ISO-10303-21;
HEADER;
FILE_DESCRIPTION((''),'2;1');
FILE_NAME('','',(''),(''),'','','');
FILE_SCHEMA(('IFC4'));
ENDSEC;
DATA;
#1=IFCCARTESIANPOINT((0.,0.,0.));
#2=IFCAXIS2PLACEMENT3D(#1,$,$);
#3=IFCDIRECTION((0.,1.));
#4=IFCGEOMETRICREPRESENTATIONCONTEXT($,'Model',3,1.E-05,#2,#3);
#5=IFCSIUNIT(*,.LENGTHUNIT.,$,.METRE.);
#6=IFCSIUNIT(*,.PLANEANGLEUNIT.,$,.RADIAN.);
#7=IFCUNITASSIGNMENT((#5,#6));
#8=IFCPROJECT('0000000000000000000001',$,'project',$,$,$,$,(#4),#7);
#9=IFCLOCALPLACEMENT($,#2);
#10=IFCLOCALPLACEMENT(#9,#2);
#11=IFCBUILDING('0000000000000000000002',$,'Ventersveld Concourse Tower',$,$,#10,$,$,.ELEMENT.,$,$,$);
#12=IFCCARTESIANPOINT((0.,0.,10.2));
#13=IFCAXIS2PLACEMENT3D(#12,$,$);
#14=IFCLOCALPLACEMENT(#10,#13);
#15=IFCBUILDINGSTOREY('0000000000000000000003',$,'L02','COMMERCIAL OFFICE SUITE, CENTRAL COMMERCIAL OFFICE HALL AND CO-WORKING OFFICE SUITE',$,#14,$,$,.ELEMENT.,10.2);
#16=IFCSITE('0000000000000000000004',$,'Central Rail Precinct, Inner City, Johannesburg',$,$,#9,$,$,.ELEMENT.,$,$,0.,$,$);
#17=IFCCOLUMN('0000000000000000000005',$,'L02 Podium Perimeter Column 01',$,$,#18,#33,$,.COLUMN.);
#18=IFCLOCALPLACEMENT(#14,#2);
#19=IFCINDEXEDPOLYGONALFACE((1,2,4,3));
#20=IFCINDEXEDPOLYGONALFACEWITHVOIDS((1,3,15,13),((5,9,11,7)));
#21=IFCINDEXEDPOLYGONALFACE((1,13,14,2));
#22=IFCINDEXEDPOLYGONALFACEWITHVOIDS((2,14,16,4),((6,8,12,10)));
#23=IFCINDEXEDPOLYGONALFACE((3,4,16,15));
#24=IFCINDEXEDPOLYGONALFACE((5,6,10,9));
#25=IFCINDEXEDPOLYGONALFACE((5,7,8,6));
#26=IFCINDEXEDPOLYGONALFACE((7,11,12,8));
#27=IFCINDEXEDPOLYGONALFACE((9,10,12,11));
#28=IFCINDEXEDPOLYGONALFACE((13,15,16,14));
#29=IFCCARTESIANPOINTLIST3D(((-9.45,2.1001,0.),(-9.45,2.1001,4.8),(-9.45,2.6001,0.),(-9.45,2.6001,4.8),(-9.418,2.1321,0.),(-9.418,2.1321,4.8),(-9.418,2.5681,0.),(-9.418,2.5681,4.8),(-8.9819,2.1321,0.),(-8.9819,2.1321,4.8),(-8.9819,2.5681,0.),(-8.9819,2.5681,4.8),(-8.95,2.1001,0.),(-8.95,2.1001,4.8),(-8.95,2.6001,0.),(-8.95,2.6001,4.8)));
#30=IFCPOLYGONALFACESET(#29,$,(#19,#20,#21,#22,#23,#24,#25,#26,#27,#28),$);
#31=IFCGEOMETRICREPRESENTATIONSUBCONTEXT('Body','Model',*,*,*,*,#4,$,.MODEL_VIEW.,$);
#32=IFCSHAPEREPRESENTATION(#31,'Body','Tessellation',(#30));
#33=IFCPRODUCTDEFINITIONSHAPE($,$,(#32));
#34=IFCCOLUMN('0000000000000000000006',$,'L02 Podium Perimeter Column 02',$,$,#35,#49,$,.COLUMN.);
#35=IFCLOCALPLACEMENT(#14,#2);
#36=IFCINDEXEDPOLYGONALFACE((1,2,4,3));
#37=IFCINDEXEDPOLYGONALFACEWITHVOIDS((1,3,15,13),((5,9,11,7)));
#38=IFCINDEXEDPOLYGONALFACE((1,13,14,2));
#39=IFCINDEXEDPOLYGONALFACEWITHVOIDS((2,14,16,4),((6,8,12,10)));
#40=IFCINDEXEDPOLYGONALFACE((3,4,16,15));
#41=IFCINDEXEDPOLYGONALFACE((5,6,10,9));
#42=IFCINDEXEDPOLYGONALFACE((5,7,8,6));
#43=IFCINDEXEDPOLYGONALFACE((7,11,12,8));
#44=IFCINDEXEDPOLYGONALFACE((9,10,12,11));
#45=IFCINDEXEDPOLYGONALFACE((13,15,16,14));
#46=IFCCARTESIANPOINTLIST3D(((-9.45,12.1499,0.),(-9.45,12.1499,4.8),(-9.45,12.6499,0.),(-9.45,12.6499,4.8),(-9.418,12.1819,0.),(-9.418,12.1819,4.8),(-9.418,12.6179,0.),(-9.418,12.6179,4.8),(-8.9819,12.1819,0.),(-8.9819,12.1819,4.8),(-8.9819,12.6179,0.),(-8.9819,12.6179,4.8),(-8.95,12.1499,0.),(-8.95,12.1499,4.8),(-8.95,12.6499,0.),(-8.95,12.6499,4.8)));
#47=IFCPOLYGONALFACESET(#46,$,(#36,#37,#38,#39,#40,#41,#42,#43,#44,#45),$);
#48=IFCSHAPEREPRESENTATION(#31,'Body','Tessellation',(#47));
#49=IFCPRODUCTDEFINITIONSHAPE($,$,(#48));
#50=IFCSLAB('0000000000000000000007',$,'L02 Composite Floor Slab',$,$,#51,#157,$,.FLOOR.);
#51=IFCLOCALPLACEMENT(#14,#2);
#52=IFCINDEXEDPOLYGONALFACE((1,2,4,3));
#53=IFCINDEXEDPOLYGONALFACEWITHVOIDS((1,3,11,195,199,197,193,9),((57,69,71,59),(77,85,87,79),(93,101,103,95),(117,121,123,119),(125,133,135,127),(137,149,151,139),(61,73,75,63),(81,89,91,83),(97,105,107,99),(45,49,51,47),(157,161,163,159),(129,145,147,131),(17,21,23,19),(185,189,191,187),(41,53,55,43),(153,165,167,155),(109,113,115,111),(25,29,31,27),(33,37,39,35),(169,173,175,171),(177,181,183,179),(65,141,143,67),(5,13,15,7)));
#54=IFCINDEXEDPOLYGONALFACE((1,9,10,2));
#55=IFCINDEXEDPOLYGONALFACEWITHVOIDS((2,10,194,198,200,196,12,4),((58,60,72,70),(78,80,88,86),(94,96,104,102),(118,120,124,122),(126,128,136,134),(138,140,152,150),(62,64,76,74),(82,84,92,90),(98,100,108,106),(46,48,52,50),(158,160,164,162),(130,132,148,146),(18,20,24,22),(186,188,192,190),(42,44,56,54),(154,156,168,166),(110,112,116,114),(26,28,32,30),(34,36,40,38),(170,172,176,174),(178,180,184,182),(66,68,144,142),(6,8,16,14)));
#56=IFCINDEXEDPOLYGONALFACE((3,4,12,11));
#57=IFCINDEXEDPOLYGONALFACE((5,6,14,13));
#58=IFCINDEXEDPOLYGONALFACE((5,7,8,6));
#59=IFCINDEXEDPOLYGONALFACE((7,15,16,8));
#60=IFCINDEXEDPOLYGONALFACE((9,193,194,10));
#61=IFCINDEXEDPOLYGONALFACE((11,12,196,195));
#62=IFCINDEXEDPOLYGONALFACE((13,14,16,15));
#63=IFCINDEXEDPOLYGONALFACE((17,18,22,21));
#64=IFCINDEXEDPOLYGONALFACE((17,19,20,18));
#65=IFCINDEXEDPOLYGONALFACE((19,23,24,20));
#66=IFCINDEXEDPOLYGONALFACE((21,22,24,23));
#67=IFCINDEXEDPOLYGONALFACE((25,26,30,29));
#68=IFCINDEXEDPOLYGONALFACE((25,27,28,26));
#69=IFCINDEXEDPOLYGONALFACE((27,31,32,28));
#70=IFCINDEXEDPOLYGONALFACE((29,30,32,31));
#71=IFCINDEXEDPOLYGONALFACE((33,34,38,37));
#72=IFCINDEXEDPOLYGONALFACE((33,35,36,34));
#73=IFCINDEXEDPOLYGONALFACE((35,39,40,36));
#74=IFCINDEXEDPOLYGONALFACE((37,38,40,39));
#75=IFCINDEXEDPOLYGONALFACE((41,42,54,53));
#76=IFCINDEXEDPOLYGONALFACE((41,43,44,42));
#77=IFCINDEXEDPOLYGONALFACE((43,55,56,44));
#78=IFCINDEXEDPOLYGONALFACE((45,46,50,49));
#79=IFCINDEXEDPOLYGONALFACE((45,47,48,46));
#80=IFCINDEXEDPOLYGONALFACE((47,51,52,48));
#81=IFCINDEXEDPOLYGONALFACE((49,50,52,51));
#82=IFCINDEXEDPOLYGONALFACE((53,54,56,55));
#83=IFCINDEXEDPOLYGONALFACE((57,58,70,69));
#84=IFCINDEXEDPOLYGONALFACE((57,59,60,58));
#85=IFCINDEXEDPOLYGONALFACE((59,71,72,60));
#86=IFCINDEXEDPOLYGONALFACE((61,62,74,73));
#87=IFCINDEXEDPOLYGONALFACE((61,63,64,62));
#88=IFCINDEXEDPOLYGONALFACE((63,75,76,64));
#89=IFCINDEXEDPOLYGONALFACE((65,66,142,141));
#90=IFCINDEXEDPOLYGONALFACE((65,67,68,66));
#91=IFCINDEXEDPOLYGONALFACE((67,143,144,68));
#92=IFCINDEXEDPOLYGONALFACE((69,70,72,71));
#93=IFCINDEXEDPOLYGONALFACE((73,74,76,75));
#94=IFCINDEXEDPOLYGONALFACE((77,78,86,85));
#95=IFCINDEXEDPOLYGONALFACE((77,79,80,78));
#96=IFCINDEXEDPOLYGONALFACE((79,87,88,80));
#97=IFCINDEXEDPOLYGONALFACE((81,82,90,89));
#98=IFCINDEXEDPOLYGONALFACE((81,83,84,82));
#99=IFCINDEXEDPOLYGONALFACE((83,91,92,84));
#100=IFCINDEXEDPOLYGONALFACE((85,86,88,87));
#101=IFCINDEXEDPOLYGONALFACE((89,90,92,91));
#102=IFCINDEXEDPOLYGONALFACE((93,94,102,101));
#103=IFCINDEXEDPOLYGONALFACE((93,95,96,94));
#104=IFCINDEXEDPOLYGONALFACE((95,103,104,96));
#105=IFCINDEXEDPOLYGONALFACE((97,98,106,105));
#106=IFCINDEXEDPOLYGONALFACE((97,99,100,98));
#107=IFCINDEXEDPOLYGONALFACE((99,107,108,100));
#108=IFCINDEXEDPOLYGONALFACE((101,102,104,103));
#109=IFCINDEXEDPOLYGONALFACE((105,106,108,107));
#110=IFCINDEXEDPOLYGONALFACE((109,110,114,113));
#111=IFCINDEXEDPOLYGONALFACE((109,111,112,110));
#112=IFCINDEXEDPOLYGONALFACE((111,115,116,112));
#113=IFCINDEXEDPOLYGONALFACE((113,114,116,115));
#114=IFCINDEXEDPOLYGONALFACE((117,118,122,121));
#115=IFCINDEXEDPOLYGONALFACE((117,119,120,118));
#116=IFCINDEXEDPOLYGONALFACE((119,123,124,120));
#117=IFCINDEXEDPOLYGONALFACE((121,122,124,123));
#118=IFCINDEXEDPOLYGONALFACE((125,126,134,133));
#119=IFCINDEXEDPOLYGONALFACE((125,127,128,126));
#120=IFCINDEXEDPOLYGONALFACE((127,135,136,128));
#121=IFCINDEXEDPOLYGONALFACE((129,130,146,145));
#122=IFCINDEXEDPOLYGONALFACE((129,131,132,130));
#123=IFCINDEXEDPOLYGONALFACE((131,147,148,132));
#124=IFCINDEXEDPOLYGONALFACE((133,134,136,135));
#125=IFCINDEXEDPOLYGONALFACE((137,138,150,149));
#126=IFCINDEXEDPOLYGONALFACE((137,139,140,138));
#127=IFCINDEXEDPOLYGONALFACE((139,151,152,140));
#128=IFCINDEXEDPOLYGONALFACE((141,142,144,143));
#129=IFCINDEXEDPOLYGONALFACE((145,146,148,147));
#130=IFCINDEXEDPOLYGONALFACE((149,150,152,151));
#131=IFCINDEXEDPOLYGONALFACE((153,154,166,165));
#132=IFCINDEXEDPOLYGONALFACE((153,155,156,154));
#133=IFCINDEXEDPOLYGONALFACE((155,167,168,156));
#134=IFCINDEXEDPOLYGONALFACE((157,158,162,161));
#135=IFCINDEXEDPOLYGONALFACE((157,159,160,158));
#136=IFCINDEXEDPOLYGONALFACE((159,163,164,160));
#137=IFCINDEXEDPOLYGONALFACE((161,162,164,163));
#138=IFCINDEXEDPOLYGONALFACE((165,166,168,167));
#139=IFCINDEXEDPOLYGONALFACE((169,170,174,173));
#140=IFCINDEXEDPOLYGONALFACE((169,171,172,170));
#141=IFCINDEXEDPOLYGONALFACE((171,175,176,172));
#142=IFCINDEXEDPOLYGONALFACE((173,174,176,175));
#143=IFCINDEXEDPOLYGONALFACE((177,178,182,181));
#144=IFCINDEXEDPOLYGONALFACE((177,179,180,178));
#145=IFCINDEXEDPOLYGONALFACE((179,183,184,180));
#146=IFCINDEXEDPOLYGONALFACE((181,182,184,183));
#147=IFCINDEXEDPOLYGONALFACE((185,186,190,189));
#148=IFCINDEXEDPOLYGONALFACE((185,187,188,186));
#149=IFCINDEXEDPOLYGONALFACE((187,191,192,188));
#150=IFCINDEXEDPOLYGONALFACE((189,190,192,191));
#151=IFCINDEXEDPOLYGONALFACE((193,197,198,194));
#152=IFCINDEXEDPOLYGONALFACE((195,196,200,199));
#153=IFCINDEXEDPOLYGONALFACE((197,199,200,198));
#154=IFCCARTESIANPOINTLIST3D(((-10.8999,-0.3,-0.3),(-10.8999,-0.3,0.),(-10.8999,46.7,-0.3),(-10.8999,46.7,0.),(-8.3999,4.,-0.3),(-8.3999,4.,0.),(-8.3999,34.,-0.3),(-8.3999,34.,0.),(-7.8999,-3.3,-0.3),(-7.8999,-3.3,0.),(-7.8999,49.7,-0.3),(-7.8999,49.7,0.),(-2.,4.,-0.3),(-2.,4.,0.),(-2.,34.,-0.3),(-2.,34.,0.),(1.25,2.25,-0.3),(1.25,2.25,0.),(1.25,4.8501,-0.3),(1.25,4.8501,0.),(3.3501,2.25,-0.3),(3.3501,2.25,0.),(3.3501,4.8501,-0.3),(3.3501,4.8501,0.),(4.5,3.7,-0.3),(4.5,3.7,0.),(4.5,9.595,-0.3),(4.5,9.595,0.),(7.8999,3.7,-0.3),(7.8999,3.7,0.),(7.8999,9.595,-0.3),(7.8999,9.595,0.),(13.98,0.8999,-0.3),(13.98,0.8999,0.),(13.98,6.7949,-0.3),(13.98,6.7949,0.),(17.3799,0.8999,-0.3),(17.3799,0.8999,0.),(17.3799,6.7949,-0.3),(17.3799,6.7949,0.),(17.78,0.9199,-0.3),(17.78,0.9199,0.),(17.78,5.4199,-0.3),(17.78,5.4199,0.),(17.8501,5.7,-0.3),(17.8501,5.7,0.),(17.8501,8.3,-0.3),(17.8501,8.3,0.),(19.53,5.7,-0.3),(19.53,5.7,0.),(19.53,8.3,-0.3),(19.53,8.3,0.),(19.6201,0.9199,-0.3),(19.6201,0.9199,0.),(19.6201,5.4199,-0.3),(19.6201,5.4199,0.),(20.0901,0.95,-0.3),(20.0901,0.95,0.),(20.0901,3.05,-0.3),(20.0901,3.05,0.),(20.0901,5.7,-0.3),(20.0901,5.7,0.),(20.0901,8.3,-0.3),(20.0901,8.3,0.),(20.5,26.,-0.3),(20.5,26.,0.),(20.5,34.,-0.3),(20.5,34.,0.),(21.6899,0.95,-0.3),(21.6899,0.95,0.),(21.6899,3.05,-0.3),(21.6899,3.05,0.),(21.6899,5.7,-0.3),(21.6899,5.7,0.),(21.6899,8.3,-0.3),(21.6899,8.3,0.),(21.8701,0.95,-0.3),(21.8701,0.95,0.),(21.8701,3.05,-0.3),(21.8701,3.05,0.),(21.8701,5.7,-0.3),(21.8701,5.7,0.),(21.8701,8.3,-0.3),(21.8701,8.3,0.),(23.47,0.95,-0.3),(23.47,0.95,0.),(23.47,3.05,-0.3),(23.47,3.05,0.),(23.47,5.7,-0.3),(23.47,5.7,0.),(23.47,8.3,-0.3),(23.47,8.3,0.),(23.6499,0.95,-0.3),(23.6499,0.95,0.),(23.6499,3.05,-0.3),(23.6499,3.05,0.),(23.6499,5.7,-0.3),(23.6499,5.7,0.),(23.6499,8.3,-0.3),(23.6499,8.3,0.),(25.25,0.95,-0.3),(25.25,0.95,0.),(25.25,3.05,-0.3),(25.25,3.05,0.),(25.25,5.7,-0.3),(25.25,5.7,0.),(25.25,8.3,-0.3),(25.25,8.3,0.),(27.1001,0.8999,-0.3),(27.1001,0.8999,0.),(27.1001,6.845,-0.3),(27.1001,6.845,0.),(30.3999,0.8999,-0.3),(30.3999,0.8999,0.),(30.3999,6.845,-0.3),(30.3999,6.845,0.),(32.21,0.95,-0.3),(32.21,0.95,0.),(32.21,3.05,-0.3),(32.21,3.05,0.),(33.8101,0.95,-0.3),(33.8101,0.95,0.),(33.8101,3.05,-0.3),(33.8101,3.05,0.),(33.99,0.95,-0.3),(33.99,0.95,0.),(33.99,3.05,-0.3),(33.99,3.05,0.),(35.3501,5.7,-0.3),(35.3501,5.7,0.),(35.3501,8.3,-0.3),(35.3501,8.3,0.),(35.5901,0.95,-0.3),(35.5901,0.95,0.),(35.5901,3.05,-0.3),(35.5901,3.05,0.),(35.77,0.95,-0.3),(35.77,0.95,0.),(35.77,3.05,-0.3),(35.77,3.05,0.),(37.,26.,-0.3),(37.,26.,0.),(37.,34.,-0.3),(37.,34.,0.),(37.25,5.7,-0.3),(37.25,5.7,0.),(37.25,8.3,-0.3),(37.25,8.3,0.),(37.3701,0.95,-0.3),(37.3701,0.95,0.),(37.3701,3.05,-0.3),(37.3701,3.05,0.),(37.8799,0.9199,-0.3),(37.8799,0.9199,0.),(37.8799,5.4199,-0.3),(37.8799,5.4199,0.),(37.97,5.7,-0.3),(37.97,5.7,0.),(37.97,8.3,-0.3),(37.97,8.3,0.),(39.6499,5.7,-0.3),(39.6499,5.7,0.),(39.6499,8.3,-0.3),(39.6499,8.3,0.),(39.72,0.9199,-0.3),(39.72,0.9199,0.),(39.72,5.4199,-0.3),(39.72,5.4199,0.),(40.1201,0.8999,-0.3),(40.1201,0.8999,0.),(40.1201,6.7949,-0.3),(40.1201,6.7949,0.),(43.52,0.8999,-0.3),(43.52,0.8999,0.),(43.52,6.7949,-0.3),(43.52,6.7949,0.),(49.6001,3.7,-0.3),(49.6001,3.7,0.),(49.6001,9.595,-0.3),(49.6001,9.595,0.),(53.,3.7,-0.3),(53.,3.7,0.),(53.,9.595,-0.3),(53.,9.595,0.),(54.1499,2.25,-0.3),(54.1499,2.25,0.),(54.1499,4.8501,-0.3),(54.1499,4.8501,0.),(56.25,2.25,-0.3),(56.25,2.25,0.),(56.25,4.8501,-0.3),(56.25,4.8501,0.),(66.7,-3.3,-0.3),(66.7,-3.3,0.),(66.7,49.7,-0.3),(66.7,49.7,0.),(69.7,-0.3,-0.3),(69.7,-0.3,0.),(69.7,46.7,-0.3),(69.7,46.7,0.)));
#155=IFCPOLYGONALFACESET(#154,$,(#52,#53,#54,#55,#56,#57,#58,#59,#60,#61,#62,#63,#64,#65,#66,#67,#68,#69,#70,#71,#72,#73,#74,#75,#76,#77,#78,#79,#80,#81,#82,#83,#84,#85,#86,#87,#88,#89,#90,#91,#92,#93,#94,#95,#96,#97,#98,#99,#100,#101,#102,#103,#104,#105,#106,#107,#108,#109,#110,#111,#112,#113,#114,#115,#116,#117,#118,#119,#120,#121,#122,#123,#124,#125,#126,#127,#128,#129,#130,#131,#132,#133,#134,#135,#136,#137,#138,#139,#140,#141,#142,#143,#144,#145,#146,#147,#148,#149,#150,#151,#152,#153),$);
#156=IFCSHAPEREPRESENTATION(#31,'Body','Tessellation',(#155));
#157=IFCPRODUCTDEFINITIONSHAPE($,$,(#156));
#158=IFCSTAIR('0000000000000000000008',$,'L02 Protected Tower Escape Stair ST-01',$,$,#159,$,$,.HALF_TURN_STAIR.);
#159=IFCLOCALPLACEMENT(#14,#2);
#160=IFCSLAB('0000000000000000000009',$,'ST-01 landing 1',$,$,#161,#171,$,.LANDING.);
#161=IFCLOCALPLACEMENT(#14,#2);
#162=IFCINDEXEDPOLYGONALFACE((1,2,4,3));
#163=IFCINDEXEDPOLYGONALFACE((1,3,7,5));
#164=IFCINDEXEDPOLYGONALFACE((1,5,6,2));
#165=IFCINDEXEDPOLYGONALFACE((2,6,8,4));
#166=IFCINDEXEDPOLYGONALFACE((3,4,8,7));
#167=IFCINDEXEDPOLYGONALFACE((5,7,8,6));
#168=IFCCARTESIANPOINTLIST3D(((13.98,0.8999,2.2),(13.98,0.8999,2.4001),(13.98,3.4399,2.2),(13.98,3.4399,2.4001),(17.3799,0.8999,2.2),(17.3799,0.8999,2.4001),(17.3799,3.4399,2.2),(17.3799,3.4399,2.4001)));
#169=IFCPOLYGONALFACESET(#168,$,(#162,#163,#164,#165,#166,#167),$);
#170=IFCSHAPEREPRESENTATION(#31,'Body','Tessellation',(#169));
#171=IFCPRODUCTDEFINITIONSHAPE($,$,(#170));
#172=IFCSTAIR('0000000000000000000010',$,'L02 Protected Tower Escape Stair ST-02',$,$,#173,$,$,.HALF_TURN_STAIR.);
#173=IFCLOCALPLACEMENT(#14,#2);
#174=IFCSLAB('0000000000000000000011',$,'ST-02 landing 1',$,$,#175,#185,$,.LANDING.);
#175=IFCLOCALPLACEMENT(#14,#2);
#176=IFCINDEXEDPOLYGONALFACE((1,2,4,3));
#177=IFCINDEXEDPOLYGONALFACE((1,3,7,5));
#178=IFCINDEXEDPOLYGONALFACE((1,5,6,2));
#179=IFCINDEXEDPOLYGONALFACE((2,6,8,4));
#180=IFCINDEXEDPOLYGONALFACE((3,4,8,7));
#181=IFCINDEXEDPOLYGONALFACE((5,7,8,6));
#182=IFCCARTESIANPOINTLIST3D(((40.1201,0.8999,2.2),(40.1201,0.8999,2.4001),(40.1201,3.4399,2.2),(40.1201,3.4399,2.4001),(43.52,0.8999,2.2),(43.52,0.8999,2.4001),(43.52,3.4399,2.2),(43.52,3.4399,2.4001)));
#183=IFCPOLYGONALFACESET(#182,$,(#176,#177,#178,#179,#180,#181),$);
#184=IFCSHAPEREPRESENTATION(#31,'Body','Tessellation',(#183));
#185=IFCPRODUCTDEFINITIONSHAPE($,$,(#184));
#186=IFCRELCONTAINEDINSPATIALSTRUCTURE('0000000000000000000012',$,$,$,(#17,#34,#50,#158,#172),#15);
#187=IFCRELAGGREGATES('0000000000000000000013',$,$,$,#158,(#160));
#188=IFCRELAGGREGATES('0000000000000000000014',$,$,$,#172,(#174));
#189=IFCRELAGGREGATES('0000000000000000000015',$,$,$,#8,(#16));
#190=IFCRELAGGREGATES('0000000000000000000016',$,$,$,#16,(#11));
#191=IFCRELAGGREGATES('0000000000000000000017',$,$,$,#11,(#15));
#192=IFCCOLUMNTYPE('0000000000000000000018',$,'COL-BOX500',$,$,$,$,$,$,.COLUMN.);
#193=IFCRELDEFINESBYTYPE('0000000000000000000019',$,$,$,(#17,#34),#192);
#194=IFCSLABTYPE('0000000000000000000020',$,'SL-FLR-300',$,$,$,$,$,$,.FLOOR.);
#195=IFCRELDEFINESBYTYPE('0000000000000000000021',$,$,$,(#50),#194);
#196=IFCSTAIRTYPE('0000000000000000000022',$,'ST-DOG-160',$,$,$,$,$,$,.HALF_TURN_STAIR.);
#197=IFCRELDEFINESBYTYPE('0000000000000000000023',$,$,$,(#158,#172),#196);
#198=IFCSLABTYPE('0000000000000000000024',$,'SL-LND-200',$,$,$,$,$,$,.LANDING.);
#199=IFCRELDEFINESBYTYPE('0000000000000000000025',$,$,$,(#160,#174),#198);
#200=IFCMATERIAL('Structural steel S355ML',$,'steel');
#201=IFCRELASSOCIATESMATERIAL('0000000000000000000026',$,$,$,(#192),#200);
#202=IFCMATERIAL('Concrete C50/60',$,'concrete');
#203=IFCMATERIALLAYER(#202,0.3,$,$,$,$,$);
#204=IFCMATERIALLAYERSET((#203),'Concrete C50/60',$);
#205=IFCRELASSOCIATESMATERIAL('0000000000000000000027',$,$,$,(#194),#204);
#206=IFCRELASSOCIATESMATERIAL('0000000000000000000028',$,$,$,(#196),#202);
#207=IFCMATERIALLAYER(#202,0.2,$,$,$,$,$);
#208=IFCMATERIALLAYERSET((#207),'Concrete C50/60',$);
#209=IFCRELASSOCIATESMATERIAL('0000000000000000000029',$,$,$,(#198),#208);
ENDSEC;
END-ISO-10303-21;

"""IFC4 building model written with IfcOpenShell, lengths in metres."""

from ifc_helpers import new_model, si_unit, direction, frame, origin, origin_2d, place, context, subcontext, project, spatial, polyline, hollow_rectangle, outline, extrude, material, layer, layer_set, material_profile, profile_set, type_object, element, aggregate, save


model = new_model("IFC4")

# Units and contexts
model_context = context("Model", 3, precision=1e-05, world=origin(), true_north=direction((0.0, 1.0)))
body_context = subcontext(model_context, "Body", "Model", "MODEL_VIEW")
ifc_project = project(units=[si_unit("LENGTHUNIT", "METRE"), si_unit("PLANEANGLEUNIT", "RADIAN")], contexts=[model_context])

# Site, building, storey
site_placement = place(None, origin())
site = spatial("IfcSite", under=ifc_project, at=site_placement, Name="Central Rail Precinct, Inner City, Johannesburg", CompositionType="ELEMENT", RefElevation=0.0)
building_placement = place(site_placement, origin())
building = spatial("IfcBuilding", under=site, at=building_placement, Name="Ventersveld Concourse Tower", CompositionType="ELEMENT")
storey_placement = place(building_placement, frame((0.0, 0.0, 10.2)))
storey = spatial("IfcBuildingStorey", under=building, at=storey_placement, Name="L02", Description="COMMERCIAL OFFICE SUITE, CENTRAL COMMERCIAL OFFICE HALL AND CO-WORKING OFFICE SUITE", CompositionType="ELEMENT", Elevation=10.2)

# Columns
ifc_material_1 = material(Name="Structural steel S355ML", Category="steel")
ifc_material_profile = material_profile(ifc_material_1, hollow_rectangle(XDim=0.5, YDim=0.5, WallThickness=0.032, at=origin_2d()), Name="BOX 500x500x32")
ifc_profile_set = profile_set([ifc_material_profile], Name="Structural steel S355ML")
column_type = type_object("IfcColumnType", Name="COL-BOX500", PredefinedType="COLUMN", material=ifc_profile_set)
for number, where, z_axis, x_axis, name in (
    (1, (-9.2, 2.3501, 0.0), (0.0, 0.0, 1.0), (1.0, 0.0, 0.0), "L02 Podium Perimeter Column 01"),
    (2, (-9.2, 12.3999, 0.0), (0.0, 0.0, 1.0), (1.0, 0.0, 0.0), "L02 Podium Perimeter Column 02"),
):
    element("IfcColumn", number, at=place(storey_placement, frame(where, z_axis=z_axis, x_axis=x_axis)), inside=storey, type_object=column_type, Name=name, PredefinedType="COLUMN", context=body_context, shape_type="SweptSolid", body=[
        extrude(hollow_rectangle(XDim=0.5, YDim=0.5, WallThickness=0.032, at=origin_2d()), origin(), (0.0, 0.0, 1.0), 4.8),
    ])

# Slab
ifc_material_2 = material(Name="Concrete C50/60", Category="concrete")
ifc_layer_1 = layer(ifc_material_2, 0.3)
ifc_layer_set_1 = layer_set([ifc_layer_1], Name="Concrete C50/60")
slab_type_1 = type_object("IfcSlabType", Name="SL-FLR-300", PredefinedType="FLOOR", material=ifc_layer_set_1)
slab_1_placement = place(storey_placement, frame((0.0, 0.0, -0.3)))
element("IfcSlab", 3, at=slab_1_placement, inside=storey, type_object=slab_type_1, Name="L02 Composite Floor Slab", PredefinedType="FLOOR", context=body_context, shape_type="SweptSolid", body=[
    extrude(outline(polyline([(-7.8999, -3.3), (66.7, -3.3), (69.7, -0.3), (69.7, 46.7), (66.7, 49.7), (-7.8999, 49.7), (-10.8999, 46.7), (-10.8999, -0.3), (-7.8999, -3.3)]), holes=[polyline([(13.98, 6.7949), (13.98, 0.8999), (17.3799, 0.8999), (17.3799, 6.7949), (13.98, 6.7949)]), polyline([(40.1201, 6.7949), (40.1201, 0.8999), (43.52, 0.8999), (43.52, 6.7949), (40.1201, 6.7949)]), polyline([(27.1001, 6.845), (27.1001, 0.8999), (30.3999, 0.8999), (30.3999, 6.845), (27.1001, 6.845)]), polyline([(4.5, 9.595), (4.5, 3.7), (7.8999, 3.7), (7.8999, 9.595), (4.5, 9.595)]), polyline([(49.6001, 9.595), (49.6001, 3.7), (53.0, 3.7), (53.0, 9.595), (49.6001, 9.595)]), polyline([(17.8501, 5.7), (19.53, 5.7), (19.53, 8.3), (17.8501, 8.3), (17.8501, 5.7)]), polyline([(37.97, 5.7), (39.6499, 5.7), (39.6499, 8.3), (37.97, 8.3), (37.97, 5.7)]), polyline([(35.3501, 5.7), (37.25, 5.7), (37.25, 8.3), (35.3501, 8.3), (35.3501, 5.7)]), polyline([(20.0901, 0.95), (21.6899, 0.95), (21.6899, 3.05), (20.0901, 3.05), (20.0901, 0.95)]), polyline([(21.8701, 0.95), (23.47, 0.95), (23.47, 3.05), (21.8701, 3.05), (21.8701, 0.95)]), polyline([(23.6499, 0.95), (25.25, 0.95), (25.25, 3.05), (23.6499, 3.05), (23.6499, 0.95)]), polyline([(32.21, 0.95), (33.8101, 0.95), (33.8101, 3.05), (32.21, 3.05), (32.21, 0.95)]), polyline([(33.99, 0.95), (35.5901, 0.95), (35.5901, 3.05), (33.99, 3.05), (33.99, 0.95)]), polyline([(35.77, 0.95), (37.3701, 0.95), (37.3701, 3.05), (35.77, 3.05), (35.77, 0.95)]), polyline([(20.0901, 5.7), (21.6899, 5.7), (21.6899, 8.3), (20.0901, 8.3), (20.0901, 5.7)]), polyline([(21.8701, 5.7), (23.47, 5.7), (23.47, 8.3), (21.8701, 8.3), (21.8701, 5.7)]), polyline([(23.6499, 5.7), (25.25, 5.7), (25.25, 8.3), (23.6499, 8.3), (23.6499, 5.7)]), polyline([(1.25, 2.25), (3.3501, 2.25), (3.3501, 4.8501), (1.25, 4.8501), (1.25, 2.25)]), polyline([(54.1499, 2.25), (56.25, 2.25), (56.25, 4.8501), (54.1499, 4.8501), (54.1499, 2.25)]), polyline([(17.78, 0.9199), (19.6201, 0.9199), (19.6201, 5.4199), (17.78, 5.4199), (17.78, 0.9199)]), polyline([(37.8799, 0.9199), (39.72, 0.9199), (39.72, 5.4199), (37.8799, 5.4199), (37.8799, 0.9199)]), polyline([(20.5, 26.0), (37.0, 26.0), (37.0, 34.0), (20.5, 34.0), (20.5, 26.0)]), polyline([(-8.3999, 4.0), (-2.0, 4.0), (-2.0, 34.0), (-8.3999, 34.0), (-8.3999, 4.0)])]), origin(), (0.0, 0.0, 1.0), 0.3),
])

# Stairs, slabs
stair_type_1 = type_object("IfcStairType", Name="ST-DOG-160", PredefinedType="HALF_TURN_STAIR", material=ifc_material_2)
stair_1_placement = place(storey_placement, origin())
stair_1 = element("IfcStair", 4, at=stair_1_placement, inside=storey, type_object=stair_type_1, Name="L02 Protected Tower Escape Stair ST-01", PredefinedType="HALF_TURN_STAIR")
ifc_layer_2 = layer(ifc_material_2, 0.2)
ifc_layer_set_2 = layer_set([ifc_layer_2], Name="Concrete C50/60")
slab_type_2 = type_object("IfcSlabType", Name="SL-LND-200", PredefinedType="LANDING", material=ifc_layer_set_2)
slab_2_placement = place(storey_placement, frame((0.0, 0.0, 2.2)))
slab_2 = element("IfcSlab", 5, at=slab_2_placement, type_object=slab_type_2, Name="ST-01 landing 1", PredefinedType="LANDING", context=body_context, shape_type="SweptSolid", body=[
    extrude(outline(polyline([(13.98, 3.4399), (13.98, 0.8999), (17.3799, 0.8999), (17.3799, 3.4399), (13.98, 3.4399)])), origin(), (0.0, 0.0, 1.0), 0.2002),
])
aggregate(stair_1, [slab_2])
stair_2_placement = place(storey_placement, origin())
stair_2 = element("IfcStair", 6, at=stair_2_placement, inside=storey, type_object=stair_type_1, Name="L02 Protected Tower Escape Stair ST-02", PredefinedType="HALF_TURN_STAIR")
slab_3_placement = place(storey_placement, frame((0.0, 0.0, 2.2)))
slab_3 = element("IfcSlab", 7, at=slab_3_placement, type_object=slab_type_2, Name="ST-02 landing 1", PredefinedType="LANDING", context=body_context, shape_type="SweptSolid", body=[
    extrude(outline(polyline([(40.1201, 3.4399), (40.1201, 0.8999), (43.52, 0.8999), (43.52, 3.4399), (40.1201, 3.4399)])), origin(), (0.0, 0.0, 1.0), 0.2002),
])
aggregate(stair_2, [slab_3])

save(model, "model.ifc")
